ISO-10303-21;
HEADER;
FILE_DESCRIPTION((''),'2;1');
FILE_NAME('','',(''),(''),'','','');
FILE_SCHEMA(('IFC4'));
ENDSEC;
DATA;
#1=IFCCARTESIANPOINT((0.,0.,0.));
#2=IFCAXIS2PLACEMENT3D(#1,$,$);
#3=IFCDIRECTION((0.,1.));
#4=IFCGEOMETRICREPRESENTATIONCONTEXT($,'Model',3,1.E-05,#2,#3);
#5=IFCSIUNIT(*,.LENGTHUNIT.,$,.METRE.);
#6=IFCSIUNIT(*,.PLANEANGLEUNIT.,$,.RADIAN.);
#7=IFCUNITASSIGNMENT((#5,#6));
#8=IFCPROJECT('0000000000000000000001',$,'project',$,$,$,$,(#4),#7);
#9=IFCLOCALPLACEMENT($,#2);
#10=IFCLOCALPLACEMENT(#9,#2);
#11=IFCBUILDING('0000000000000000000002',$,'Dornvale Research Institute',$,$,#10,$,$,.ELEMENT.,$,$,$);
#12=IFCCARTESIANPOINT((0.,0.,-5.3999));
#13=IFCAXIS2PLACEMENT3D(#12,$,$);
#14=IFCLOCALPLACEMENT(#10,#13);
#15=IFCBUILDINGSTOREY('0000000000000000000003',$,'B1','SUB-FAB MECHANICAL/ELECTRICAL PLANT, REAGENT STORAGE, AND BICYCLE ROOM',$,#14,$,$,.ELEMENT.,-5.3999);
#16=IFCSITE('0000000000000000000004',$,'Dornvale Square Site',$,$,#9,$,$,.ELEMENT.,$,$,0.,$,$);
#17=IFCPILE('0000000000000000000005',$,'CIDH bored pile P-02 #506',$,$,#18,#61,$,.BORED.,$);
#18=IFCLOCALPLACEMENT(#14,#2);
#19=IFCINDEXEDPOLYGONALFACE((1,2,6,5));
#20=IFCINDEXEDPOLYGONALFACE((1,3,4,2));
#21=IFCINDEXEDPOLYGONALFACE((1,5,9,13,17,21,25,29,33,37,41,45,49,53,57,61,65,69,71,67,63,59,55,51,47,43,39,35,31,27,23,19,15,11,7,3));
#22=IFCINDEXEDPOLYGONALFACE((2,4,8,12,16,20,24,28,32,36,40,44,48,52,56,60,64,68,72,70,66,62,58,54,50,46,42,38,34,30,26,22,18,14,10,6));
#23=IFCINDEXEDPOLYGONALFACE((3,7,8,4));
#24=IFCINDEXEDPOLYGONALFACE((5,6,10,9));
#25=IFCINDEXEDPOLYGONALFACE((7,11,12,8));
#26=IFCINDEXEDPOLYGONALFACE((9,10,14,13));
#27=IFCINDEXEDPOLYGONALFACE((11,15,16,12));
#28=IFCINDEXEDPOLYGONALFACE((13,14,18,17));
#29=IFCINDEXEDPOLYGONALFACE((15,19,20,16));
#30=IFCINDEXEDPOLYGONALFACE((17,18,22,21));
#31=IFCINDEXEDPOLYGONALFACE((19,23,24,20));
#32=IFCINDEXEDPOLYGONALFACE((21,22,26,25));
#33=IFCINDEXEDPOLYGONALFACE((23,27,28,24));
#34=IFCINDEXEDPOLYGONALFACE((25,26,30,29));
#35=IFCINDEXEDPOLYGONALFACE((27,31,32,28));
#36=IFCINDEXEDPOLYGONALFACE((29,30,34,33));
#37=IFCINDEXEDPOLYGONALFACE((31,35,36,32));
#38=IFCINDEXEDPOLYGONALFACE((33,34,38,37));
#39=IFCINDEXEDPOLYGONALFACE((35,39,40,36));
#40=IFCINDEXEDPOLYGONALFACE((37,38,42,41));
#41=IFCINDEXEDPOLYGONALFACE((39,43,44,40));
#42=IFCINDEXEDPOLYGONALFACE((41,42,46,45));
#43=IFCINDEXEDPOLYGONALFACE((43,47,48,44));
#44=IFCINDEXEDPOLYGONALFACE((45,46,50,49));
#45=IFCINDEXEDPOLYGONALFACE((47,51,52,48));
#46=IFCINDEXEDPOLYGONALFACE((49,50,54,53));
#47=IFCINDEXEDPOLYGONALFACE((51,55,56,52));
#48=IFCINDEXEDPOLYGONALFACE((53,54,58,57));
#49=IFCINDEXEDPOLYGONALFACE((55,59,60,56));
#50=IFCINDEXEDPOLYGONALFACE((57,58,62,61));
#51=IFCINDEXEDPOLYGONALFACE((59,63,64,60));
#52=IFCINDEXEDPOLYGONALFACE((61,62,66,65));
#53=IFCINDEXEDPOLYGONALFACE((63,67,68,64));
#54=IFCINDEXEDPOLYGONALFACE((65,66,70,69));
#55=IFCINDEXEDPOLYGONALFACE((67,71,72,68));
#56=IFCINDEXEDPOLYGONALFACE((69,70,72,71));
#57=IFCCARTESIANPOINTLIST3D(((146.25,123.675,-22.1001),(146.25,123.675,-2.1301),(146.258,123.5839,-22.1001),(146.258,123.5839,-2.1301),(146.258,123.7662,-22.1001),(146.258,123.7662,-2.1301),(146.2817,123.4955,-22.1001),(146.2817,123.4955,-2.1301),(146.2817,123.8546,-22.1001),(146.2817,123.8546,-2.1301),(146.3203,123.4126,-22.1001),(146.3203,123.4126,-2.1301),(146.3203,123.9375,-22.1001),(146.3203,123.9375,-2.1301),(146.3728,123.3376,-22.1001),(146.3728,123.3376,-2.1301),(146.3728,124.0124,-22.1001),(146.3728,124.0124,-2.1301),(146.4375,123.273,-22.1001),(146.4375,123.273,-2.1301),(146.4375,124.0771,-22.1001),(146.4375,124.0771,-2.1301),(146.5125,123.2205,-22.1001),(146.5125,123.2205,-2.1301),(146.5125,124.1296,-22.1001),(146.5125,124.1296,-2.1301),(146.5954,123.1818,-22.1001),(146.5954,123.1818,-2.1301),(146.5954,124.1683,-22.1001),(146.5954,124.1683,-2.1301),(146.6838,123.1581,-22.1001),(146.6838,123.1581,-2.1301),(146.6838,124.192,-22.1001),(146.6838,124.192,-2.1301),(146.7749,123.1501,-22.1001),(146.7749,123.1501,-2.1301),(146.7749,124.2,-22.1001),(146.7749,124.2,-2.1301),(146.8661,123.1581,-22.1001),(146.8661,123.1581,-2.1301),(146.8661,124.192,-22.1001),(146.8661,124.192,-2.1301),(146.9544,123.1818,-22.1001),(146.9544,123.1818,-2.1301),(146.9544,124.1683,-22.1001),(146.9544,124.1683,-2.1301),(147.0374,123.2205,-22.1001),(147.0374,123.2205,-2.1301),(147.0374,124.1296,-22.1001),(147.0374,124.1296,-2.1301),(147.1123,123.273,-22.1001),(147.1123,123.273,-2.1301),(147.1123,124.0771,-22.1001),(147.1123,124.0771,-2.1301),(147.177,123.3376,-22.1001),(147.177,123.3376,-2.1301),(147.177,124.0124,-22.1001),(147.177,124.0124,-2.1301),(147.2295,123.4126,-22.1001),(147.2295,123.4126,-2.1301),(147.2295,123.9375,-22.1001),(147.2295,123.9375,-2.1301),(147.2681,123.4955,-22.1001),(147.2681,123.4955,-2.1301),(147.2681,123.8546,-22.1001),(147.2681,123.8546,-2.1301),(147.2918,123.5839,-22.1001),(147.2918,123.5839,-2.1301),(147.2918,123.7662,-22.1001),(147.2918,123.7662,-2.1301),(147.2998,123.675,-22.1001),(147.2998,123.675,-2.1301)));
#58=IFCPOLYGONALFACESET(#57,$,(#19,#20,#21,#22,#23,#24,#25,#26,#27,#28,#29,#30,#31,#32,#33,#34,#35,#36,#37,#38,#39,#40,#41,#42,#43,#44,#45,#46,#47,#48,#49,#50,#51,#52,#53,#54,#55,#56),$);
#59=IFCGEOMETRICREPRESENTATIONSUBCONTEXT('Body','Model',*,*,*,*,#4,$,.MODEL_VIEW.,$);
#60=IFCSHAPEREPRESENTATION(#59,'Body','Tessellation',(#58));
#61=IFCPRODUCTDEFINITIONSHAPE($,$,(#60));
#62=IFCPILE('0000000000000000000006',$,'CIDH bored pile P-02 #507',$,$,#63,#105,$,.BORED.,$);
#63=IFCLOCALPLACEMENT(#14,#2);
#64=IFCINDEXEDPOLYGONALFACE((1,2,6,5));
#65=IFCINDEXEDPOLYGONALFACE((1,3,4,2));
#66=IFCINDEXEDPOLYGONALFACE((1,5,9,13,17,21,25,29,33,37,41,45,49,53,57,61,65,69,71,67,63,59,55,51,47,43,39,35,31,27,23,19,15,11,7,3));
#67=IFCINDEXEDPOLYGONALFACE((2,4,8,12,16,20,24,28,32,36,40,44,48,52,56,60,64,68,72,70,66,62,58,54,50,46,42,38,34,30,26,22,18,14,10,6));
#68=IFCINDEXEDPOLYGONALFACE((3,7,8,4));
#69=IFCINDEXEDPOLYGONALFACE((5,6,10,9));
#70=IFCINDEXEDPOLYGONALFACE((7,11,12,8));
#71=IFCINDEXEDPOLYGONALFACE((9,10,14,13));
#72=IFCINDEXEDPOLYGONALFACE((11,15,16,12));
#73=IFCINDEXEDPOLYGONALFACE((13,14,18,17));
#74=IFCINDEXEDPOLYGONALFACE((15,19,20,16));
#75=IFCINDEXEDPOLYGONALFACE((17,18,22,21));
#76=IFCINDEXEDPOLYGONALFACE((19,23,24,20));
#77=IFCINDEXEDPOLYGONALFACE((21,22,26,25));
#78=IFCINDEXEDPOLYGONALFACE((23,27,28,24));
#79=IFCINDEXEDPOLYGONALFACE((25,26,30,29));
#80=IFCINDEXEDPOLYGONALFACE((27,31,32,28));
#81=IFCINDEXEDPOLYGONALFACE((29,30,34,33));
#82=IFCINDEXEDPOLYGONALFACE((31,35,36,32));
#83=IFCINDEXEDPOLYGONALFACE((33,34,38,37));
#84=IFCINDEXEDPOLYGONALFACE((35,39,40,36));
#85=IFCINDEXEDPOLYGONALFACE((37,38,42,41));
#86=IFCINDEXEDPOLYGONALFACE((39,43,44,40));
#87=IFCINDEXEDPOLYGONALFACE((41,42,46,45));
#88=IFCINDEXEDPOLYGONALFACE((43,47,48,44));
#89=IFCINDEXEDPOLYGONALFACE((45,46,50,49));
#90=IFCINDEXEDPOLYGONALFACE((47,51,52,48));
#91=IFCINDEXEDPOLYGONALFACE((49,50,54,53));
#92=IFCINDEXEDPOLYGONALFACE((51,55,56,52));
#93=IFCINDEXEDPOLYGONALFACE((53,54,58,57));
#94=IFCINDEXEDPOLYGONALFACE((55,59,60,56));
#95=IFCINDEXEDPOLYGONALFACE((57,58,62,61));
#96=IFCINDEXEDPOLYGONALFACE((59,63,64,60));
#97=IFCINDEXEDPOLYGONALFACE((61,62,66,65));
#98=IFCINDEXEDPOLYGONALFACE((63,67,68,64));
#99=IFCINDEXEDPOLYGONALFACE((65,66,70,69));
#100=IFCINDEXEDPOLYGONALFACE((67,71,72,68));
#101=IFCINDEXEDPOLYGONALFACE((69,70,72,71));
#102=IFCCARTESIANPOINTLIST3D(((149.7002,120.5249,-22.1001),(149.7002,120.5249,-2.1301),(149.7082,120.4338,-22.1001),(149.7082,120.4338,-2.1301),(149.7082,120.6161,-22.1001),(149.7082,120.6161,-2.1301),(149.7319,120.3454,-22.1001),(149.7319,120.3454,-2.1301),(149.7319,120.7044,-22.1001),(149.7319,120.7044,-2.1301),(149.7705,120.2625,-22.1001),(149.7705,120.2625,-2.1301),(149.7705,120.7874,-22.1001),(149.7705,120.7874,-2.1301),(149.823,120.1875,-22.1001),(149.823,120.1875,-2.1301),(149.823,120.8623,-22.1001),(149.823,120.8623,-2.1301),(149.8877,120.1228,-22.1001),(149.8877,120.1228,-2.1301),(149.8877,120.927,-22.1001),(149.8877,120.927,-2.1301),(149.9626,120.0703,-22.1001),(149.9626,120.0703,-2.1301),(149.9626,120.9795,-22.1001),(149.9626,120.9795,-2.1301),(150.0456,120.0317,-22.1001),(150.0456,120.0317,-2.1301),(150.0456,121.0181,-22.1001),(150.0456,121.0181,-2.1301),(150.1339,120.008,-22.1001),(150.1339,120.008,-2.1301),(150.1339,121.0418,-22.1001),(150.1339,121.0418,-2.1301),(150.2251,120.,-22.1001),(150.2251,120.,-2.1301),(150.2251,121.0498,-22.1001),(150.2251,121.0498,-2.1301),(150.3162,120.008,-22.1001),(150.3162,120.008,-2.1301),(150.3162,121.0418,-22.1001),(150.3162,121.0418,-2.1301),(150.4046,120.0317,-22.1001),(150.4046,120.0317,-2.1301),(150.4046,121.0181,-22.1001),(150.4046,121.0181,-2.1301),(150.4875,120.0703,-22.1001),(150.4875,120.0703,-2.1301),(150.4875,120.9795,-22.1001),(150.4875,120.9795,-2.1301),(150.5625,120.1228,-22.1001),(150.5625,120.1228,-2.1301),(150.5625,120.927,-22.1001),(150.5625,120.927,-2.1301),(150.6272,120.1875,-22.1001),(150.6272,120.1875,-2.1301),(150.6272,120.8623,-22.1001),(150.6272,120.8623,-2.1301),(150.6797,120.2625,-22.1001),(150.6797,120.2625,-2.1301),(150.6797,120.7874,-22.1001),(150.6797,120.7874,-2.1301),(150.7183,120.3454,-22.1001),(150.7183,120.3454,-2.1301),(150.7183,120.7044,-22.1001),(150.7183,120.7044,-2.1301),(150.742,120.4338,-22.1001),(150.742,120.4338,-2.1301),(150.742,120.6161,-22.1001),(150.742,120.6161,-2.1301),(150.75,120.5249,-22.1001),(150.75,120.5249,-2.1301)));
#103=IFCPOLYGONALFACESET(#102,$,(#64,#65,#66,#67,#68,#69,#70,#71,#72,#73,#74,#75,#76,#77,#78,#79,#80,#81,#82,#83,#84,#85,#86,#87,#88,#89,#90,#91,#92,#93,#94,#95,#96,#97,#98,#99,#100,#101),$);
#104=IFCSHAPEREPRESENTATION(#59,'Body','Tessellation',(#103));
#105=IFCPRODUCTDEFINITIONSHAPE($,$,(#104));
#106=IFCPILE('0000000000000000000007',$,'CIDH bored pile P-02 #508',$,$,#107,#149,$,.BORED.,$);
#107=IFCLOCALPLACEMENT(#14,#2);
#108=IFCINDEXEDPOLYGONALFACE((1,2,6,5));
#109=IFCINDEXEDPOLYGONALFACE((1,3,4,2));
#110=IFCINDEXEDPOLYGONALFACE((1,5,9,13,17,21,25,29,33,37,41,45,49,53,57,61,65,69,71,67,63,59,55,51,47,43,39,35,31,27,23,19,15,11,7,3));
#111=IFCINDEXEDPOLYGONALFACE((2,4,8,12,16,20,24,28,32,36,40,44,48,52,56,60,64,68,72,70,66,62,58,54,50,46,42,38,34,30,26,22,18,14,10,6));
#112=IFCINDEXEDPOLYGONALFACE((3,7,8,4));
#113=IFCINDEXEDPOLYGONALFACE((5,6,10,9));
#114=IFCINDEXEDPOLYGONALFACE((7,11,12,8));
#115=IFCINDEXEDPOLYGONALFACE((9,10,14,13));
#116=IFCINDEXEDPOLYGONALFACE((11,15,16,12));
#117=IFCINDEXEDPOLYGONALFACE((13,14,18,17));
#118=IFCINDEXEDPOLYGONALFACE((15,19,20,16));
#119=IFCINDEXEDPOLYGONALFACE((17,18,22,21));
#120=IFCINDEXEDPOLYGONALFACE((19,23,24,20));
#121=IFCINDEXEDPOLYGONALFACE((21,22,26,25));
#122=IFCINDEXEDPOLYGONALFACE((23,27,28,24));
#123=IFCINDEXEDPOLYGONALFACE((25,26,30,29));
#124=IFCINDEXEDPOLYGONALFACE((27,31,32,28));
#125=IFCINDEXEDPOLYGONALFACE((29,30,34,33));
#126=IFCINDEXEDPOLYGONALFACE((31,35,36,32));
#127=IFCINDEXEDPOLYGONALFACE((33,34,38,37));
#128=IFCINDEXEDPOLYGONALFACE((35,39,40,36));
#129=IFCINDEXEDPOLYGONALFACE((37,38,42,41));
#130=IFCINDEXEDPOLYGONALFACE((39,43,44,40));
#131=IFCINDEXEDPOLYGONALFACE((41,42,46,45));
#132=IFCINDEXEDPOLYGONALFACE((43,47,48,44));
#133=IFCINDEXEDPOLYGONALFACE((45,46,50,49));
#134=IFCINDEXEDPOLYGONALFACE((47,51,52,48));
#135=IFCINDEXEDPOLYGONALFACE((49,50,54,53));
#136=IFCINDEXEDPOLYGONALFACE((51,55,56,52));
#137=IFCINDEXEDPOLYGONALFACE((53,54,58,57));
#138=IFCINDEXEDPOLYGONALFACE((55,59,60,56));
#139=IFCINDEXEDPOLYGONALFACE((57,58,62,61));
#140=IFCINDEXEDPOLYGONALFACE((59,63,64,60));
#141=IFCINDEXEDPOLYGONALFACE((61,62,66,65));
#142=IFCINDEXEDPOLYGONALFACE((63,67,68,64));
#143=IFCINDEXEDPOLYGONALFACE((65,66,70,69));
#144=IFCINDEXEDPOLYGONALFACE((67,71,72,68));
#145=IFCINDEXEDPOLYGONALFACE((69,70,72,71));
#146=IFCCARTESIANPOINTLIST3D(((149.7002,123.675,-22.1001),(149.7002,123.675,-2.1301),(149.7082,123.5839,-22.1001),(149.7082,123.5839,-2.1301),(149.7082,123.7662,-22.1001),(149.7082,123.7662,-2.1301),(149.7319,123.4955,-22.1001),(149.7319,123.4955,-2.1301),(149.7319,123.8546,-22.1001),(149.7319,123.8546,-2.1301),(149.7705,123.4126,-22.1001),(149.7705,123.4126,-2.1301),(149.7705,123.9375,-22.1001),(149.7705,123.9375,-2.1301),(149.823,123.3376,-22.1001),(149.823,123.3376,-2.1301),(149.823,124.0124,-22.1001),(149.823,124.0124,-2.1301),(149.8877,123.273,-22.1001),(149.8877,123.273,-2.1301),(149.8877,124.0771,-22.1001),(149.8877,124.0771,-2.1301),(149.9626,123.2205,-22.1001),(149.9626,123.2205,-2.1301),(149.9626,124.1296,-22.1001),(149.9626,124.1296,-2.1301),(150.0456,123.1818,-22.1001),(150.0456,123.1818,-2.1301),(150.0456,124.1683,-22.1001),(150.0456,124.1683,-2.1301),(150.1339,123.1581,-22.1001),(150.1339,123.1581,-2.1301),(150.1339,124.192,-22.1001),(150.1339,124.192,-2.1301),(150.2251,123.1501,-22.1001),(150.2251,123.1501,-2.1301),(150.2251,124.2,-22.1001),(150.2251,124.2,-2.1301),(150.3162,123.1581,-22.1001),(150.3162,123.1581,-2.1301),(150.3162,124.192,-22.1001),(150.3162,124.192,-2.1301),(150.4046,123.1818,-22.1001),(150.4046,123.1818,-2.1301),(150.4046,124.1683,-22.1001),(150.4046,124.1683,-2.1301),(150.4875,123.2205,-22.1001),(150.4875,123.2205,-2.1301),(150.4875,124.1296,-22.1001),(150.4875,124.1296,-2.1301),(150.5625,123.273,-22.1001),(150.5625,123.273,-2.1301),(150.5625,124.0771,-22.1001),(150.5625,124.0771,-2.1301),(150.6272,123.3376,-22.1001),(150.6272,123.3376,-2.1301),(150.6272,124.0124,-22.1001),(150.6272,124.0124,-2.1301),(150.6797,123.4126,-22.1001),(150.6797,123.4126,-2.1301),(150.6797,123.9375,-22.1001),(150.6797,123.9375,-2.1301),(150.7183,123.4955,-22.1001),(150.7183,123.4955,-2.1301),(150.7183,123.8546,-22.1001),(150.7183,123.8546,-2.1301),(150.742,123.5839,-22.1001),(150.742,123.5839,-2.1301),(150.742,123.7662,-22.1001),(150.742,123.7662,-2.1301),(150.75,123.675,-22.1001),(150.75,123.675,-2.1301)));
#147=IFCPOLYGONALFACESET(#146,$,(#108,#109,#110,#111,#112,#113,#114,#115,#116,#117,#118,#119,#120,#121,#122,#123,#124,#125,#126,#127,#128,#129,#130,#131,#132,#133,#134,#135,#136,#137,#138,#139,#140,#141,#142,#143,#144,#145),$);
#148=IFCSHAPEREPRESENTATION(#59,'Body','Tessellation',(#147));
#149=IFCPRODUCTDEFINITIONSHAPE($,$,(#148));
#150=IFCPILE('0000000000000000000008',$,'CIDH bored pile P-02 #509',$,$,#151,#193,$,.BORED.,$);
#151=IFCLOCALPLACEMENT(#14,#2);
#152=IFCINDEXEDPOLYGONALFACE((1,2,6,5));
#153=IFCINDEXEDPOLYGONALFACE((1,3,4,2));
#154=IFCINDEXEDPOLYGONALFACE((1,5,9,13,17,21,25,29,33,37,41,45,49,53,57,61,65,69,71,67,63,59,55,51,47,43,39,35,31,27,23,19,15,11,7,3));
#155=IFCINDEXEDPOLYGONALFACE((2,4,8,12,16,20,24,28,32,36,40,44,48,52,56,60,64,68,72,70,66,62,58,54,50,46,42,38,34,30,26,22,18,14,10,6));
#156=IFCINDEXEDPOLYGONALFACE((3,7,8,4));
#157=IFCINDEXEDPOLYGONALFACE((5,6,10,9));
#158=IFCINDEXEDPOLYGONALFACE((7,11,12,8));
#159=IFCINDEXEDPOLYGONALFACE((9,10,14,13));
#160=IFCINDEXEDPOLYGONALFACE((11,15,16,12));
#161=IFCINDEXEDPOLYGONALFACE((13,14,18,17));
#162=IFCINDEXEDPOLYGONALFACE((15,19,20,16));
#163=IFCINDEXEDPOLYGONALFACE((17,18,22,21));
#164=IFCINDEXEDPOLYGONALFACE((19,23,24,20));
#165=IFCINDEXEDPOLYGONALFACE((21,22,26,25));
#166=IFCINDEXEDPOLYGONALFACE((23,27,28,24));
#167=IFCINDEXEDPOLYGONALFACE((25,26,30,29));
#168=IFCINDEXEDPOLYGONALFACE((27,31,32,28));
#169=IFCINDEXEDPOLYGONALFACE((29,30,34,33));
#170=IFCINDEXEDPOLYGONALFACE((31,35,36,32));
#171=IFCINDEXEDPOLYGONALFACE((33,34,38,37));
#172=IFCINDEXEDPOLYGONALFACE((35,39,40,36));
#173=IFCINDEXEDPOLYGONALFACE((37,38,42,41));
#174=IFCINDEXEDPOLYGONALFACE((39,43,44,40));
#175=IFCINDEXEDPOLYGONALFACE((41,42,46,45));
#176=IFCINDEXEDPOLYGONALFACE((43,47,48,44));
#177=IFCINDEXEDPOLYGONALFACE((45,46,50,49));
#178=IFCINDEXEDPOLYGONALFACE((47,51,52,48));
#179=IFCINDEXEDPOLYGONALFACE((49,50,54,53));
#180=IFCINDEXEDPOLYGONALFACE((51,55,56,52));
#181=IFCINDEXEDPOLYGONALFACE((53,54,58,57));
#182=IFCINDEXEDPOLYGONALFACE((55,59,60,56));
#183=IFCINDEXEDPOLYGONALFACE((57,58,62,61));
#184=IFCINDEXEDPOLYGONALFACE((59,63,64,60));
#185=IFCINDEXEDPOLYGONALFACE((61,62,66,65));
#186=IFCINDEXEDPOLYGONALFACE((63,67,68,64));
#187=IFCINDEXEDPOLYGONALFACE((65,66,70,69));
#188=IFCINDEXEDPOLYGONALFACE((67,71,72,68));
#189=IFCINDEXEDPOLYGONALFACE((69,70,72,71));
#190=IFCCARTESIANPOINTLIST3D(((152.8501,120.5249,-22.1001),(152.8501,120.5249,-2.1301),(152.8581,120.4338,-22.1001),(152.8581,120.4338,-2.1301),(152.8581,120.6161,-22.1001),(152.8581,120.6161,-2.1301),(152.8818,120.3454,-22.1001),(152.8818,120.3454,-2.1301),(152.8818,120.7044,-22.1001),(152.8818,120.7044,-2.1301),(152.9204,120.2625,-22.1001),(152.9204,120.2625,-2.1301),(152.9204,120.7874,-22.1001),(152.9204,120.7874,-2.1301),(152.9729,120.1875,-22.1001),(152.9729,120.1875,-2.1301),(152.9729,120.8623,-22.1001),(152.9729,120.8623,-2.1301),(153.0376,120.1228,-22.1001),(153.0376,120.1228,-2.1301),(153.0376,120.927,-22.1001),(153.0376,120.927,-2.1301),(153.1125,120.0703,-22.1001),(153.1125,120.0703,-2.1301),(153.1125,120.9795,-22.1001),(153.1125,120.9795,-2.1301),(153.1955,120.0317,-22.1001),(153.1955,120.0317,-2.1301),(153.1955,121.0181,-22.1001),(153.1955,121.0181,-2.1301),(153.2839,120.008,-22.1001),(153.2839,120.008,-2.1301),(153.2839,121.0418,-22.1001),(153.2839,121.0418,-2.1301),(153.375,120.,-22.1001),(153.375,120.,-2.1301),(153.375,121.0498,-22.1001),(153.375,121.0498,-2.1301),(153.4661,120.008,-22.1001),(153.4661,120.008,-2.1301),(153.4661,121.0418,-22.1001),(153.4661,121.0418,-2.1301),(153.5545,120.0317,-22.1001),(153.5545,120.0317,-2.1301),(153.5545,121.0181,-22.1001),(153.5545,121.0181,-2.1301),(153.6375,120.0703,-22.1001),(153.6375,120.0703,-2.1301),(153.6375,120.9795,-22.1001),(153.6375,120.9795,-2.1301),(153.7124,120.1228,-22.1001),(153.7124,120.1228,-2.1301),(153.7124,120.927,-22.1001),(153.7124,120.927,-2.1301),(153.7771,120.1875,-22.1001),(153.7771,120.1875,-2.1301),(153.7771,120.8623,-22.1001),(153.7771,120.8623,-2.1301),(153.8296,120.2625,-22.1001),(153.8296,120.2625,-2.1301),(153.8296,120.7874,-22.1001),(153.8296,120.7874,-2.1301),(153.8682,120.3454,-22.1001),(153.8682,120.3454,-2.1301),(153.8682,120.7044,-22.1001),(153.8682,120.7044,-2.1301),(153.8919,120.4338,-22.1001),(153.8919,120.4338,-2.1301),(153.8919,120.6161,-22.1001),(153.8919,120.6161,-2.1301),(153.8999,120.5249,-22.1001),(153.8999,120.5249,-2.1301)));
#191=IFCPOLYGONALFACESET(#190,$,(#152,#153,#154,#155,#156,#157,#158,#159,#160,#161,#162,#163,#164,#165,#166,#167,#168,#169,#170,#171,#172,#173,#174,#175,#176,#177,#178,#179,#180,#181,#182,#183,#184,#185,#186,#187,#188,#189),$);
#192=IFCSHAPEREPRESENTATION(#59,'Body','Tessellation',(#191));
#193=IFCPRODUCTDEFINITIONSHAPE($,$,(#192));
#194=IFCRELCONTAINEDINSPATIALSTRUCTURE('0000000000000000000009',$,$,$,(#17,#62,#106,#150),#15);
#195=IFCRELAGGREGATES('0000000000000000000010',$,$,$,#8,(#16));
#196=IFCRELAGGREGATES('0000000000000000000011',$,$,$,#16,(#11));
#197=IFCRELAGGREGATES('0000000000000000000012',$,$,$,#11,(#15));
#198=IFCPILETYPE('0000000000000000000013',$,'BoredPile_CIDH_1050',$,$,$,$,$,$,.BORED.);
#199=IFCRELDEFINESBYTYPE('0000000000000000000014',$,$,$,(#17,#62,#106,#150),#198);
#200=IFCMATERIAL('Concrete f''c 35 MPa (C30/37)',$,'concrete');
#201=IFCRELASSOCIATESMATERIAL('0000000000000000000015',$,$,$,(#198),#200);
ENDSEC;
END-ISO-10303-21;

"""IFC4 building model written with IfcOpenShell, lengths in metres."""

from ifc_helpers import new_model, si_unit, direction, frame, origin, origin_2d, place, context, subcontext, project, spatial, circle, extrude, material, material_profile, profile_set, type_object, element, save


model = new_model("IFC4")

# Units and contexts
model_context = context("Model", 3, precision=1e-05, world=origin(), true_north=direction((0.0, 1.0)))
body_context = subcontext(model_context, "Body", "Model", "MODEL_VIEW")
ifc_project = project(units=[si_unit("LENGTHUNIT", "METRE"), si_unit("PLANEANGLEUNIT", "RADIAN")], contexts=[model_context])

# Site, building, storey
site_placement = place(None, origin())
site = spatial("IfcSite", under=ifc_project, at=site_placement, Name="Dornvale Square Site", CompositionType="ELEMENT", RefElevation=0.0)
building_placement = place(site_placement, origin())
building = spatial("IfcBuilding", under=site, at=building_placement, Name="Dornvale Research Institute", CompositionType="ELEMENT")
storey_placement = place(building_placement, frame((0.0, 0.0, -5.3999)))
storey = spatial("IfcBuildingStorey", under=building, at=storey_placement, Name="B1", Description="SUB-FAB MECHANICAL/ELECTRICAL PLANT, REAGENT STORAGE, AND BICYCLE ROOM", CompositionType="ELEMENT", Elevation=-5.3999)

# Piles
ifc_material_1 = material(Name="Concrete f'c 35 MPa (C30/37)", Category="concrete")
ifc_material_profile_1 = material_profile(ifc_material_1, circle(Radius=0.5249, at=origin_2d()), Name="CIDH PILE D1050")
ifc_profile_set_1 = profile_set([ifc_material_profile_1], Name="Concrete f'c 35 MPa (C30/37)")
pile_type = type_object("IfcPileType", Name="BoredPile_CIDH_1050", PredefinedType="BORED", material=ifc_profile_set_1)
for number, where, z_axis, x_axis, name in (
    (1, (146.7749, 123.675, -2.1301), (0.0, 0.0, -1.0), (1.0, 0.0, 0.0), "CIDH bored pile P-02 #506"),
    (2, (150.2251, 120.5249, -2.1301), (0.0, 0.0, -1.0), (1.0, 0.0, 0.0), "CIDH bored pile P-02 #507"),
    (3, (150.2251, 123.675, -2.1301), (0.0, 0.0, -1.0), (1.0, 0.0, 0.0), "CIDH bored pile P-02 #508"),
    (4, (153.375, 120.5249, -2.1301), (0.0, 0.0, -1.0), (1.0, 0.0, 0.0), "CIDH bored pile P-02 #509"),
):
    element("IfcPile", number, at=place(storey_placement, frame(where, z_axis=z_axis, x_axis=x_axis)), inside=storey, type_object=pile_type, Name=name, PredefinedType="BORED", context=body_context, shape_type="SweptSolid", body=[
        extrude(circle(Radius=0.5249, at=origin_2d()), origin(), (0.0, 0.0, 1.0), 19.97),
    ])

save(model, "model.ifc")
